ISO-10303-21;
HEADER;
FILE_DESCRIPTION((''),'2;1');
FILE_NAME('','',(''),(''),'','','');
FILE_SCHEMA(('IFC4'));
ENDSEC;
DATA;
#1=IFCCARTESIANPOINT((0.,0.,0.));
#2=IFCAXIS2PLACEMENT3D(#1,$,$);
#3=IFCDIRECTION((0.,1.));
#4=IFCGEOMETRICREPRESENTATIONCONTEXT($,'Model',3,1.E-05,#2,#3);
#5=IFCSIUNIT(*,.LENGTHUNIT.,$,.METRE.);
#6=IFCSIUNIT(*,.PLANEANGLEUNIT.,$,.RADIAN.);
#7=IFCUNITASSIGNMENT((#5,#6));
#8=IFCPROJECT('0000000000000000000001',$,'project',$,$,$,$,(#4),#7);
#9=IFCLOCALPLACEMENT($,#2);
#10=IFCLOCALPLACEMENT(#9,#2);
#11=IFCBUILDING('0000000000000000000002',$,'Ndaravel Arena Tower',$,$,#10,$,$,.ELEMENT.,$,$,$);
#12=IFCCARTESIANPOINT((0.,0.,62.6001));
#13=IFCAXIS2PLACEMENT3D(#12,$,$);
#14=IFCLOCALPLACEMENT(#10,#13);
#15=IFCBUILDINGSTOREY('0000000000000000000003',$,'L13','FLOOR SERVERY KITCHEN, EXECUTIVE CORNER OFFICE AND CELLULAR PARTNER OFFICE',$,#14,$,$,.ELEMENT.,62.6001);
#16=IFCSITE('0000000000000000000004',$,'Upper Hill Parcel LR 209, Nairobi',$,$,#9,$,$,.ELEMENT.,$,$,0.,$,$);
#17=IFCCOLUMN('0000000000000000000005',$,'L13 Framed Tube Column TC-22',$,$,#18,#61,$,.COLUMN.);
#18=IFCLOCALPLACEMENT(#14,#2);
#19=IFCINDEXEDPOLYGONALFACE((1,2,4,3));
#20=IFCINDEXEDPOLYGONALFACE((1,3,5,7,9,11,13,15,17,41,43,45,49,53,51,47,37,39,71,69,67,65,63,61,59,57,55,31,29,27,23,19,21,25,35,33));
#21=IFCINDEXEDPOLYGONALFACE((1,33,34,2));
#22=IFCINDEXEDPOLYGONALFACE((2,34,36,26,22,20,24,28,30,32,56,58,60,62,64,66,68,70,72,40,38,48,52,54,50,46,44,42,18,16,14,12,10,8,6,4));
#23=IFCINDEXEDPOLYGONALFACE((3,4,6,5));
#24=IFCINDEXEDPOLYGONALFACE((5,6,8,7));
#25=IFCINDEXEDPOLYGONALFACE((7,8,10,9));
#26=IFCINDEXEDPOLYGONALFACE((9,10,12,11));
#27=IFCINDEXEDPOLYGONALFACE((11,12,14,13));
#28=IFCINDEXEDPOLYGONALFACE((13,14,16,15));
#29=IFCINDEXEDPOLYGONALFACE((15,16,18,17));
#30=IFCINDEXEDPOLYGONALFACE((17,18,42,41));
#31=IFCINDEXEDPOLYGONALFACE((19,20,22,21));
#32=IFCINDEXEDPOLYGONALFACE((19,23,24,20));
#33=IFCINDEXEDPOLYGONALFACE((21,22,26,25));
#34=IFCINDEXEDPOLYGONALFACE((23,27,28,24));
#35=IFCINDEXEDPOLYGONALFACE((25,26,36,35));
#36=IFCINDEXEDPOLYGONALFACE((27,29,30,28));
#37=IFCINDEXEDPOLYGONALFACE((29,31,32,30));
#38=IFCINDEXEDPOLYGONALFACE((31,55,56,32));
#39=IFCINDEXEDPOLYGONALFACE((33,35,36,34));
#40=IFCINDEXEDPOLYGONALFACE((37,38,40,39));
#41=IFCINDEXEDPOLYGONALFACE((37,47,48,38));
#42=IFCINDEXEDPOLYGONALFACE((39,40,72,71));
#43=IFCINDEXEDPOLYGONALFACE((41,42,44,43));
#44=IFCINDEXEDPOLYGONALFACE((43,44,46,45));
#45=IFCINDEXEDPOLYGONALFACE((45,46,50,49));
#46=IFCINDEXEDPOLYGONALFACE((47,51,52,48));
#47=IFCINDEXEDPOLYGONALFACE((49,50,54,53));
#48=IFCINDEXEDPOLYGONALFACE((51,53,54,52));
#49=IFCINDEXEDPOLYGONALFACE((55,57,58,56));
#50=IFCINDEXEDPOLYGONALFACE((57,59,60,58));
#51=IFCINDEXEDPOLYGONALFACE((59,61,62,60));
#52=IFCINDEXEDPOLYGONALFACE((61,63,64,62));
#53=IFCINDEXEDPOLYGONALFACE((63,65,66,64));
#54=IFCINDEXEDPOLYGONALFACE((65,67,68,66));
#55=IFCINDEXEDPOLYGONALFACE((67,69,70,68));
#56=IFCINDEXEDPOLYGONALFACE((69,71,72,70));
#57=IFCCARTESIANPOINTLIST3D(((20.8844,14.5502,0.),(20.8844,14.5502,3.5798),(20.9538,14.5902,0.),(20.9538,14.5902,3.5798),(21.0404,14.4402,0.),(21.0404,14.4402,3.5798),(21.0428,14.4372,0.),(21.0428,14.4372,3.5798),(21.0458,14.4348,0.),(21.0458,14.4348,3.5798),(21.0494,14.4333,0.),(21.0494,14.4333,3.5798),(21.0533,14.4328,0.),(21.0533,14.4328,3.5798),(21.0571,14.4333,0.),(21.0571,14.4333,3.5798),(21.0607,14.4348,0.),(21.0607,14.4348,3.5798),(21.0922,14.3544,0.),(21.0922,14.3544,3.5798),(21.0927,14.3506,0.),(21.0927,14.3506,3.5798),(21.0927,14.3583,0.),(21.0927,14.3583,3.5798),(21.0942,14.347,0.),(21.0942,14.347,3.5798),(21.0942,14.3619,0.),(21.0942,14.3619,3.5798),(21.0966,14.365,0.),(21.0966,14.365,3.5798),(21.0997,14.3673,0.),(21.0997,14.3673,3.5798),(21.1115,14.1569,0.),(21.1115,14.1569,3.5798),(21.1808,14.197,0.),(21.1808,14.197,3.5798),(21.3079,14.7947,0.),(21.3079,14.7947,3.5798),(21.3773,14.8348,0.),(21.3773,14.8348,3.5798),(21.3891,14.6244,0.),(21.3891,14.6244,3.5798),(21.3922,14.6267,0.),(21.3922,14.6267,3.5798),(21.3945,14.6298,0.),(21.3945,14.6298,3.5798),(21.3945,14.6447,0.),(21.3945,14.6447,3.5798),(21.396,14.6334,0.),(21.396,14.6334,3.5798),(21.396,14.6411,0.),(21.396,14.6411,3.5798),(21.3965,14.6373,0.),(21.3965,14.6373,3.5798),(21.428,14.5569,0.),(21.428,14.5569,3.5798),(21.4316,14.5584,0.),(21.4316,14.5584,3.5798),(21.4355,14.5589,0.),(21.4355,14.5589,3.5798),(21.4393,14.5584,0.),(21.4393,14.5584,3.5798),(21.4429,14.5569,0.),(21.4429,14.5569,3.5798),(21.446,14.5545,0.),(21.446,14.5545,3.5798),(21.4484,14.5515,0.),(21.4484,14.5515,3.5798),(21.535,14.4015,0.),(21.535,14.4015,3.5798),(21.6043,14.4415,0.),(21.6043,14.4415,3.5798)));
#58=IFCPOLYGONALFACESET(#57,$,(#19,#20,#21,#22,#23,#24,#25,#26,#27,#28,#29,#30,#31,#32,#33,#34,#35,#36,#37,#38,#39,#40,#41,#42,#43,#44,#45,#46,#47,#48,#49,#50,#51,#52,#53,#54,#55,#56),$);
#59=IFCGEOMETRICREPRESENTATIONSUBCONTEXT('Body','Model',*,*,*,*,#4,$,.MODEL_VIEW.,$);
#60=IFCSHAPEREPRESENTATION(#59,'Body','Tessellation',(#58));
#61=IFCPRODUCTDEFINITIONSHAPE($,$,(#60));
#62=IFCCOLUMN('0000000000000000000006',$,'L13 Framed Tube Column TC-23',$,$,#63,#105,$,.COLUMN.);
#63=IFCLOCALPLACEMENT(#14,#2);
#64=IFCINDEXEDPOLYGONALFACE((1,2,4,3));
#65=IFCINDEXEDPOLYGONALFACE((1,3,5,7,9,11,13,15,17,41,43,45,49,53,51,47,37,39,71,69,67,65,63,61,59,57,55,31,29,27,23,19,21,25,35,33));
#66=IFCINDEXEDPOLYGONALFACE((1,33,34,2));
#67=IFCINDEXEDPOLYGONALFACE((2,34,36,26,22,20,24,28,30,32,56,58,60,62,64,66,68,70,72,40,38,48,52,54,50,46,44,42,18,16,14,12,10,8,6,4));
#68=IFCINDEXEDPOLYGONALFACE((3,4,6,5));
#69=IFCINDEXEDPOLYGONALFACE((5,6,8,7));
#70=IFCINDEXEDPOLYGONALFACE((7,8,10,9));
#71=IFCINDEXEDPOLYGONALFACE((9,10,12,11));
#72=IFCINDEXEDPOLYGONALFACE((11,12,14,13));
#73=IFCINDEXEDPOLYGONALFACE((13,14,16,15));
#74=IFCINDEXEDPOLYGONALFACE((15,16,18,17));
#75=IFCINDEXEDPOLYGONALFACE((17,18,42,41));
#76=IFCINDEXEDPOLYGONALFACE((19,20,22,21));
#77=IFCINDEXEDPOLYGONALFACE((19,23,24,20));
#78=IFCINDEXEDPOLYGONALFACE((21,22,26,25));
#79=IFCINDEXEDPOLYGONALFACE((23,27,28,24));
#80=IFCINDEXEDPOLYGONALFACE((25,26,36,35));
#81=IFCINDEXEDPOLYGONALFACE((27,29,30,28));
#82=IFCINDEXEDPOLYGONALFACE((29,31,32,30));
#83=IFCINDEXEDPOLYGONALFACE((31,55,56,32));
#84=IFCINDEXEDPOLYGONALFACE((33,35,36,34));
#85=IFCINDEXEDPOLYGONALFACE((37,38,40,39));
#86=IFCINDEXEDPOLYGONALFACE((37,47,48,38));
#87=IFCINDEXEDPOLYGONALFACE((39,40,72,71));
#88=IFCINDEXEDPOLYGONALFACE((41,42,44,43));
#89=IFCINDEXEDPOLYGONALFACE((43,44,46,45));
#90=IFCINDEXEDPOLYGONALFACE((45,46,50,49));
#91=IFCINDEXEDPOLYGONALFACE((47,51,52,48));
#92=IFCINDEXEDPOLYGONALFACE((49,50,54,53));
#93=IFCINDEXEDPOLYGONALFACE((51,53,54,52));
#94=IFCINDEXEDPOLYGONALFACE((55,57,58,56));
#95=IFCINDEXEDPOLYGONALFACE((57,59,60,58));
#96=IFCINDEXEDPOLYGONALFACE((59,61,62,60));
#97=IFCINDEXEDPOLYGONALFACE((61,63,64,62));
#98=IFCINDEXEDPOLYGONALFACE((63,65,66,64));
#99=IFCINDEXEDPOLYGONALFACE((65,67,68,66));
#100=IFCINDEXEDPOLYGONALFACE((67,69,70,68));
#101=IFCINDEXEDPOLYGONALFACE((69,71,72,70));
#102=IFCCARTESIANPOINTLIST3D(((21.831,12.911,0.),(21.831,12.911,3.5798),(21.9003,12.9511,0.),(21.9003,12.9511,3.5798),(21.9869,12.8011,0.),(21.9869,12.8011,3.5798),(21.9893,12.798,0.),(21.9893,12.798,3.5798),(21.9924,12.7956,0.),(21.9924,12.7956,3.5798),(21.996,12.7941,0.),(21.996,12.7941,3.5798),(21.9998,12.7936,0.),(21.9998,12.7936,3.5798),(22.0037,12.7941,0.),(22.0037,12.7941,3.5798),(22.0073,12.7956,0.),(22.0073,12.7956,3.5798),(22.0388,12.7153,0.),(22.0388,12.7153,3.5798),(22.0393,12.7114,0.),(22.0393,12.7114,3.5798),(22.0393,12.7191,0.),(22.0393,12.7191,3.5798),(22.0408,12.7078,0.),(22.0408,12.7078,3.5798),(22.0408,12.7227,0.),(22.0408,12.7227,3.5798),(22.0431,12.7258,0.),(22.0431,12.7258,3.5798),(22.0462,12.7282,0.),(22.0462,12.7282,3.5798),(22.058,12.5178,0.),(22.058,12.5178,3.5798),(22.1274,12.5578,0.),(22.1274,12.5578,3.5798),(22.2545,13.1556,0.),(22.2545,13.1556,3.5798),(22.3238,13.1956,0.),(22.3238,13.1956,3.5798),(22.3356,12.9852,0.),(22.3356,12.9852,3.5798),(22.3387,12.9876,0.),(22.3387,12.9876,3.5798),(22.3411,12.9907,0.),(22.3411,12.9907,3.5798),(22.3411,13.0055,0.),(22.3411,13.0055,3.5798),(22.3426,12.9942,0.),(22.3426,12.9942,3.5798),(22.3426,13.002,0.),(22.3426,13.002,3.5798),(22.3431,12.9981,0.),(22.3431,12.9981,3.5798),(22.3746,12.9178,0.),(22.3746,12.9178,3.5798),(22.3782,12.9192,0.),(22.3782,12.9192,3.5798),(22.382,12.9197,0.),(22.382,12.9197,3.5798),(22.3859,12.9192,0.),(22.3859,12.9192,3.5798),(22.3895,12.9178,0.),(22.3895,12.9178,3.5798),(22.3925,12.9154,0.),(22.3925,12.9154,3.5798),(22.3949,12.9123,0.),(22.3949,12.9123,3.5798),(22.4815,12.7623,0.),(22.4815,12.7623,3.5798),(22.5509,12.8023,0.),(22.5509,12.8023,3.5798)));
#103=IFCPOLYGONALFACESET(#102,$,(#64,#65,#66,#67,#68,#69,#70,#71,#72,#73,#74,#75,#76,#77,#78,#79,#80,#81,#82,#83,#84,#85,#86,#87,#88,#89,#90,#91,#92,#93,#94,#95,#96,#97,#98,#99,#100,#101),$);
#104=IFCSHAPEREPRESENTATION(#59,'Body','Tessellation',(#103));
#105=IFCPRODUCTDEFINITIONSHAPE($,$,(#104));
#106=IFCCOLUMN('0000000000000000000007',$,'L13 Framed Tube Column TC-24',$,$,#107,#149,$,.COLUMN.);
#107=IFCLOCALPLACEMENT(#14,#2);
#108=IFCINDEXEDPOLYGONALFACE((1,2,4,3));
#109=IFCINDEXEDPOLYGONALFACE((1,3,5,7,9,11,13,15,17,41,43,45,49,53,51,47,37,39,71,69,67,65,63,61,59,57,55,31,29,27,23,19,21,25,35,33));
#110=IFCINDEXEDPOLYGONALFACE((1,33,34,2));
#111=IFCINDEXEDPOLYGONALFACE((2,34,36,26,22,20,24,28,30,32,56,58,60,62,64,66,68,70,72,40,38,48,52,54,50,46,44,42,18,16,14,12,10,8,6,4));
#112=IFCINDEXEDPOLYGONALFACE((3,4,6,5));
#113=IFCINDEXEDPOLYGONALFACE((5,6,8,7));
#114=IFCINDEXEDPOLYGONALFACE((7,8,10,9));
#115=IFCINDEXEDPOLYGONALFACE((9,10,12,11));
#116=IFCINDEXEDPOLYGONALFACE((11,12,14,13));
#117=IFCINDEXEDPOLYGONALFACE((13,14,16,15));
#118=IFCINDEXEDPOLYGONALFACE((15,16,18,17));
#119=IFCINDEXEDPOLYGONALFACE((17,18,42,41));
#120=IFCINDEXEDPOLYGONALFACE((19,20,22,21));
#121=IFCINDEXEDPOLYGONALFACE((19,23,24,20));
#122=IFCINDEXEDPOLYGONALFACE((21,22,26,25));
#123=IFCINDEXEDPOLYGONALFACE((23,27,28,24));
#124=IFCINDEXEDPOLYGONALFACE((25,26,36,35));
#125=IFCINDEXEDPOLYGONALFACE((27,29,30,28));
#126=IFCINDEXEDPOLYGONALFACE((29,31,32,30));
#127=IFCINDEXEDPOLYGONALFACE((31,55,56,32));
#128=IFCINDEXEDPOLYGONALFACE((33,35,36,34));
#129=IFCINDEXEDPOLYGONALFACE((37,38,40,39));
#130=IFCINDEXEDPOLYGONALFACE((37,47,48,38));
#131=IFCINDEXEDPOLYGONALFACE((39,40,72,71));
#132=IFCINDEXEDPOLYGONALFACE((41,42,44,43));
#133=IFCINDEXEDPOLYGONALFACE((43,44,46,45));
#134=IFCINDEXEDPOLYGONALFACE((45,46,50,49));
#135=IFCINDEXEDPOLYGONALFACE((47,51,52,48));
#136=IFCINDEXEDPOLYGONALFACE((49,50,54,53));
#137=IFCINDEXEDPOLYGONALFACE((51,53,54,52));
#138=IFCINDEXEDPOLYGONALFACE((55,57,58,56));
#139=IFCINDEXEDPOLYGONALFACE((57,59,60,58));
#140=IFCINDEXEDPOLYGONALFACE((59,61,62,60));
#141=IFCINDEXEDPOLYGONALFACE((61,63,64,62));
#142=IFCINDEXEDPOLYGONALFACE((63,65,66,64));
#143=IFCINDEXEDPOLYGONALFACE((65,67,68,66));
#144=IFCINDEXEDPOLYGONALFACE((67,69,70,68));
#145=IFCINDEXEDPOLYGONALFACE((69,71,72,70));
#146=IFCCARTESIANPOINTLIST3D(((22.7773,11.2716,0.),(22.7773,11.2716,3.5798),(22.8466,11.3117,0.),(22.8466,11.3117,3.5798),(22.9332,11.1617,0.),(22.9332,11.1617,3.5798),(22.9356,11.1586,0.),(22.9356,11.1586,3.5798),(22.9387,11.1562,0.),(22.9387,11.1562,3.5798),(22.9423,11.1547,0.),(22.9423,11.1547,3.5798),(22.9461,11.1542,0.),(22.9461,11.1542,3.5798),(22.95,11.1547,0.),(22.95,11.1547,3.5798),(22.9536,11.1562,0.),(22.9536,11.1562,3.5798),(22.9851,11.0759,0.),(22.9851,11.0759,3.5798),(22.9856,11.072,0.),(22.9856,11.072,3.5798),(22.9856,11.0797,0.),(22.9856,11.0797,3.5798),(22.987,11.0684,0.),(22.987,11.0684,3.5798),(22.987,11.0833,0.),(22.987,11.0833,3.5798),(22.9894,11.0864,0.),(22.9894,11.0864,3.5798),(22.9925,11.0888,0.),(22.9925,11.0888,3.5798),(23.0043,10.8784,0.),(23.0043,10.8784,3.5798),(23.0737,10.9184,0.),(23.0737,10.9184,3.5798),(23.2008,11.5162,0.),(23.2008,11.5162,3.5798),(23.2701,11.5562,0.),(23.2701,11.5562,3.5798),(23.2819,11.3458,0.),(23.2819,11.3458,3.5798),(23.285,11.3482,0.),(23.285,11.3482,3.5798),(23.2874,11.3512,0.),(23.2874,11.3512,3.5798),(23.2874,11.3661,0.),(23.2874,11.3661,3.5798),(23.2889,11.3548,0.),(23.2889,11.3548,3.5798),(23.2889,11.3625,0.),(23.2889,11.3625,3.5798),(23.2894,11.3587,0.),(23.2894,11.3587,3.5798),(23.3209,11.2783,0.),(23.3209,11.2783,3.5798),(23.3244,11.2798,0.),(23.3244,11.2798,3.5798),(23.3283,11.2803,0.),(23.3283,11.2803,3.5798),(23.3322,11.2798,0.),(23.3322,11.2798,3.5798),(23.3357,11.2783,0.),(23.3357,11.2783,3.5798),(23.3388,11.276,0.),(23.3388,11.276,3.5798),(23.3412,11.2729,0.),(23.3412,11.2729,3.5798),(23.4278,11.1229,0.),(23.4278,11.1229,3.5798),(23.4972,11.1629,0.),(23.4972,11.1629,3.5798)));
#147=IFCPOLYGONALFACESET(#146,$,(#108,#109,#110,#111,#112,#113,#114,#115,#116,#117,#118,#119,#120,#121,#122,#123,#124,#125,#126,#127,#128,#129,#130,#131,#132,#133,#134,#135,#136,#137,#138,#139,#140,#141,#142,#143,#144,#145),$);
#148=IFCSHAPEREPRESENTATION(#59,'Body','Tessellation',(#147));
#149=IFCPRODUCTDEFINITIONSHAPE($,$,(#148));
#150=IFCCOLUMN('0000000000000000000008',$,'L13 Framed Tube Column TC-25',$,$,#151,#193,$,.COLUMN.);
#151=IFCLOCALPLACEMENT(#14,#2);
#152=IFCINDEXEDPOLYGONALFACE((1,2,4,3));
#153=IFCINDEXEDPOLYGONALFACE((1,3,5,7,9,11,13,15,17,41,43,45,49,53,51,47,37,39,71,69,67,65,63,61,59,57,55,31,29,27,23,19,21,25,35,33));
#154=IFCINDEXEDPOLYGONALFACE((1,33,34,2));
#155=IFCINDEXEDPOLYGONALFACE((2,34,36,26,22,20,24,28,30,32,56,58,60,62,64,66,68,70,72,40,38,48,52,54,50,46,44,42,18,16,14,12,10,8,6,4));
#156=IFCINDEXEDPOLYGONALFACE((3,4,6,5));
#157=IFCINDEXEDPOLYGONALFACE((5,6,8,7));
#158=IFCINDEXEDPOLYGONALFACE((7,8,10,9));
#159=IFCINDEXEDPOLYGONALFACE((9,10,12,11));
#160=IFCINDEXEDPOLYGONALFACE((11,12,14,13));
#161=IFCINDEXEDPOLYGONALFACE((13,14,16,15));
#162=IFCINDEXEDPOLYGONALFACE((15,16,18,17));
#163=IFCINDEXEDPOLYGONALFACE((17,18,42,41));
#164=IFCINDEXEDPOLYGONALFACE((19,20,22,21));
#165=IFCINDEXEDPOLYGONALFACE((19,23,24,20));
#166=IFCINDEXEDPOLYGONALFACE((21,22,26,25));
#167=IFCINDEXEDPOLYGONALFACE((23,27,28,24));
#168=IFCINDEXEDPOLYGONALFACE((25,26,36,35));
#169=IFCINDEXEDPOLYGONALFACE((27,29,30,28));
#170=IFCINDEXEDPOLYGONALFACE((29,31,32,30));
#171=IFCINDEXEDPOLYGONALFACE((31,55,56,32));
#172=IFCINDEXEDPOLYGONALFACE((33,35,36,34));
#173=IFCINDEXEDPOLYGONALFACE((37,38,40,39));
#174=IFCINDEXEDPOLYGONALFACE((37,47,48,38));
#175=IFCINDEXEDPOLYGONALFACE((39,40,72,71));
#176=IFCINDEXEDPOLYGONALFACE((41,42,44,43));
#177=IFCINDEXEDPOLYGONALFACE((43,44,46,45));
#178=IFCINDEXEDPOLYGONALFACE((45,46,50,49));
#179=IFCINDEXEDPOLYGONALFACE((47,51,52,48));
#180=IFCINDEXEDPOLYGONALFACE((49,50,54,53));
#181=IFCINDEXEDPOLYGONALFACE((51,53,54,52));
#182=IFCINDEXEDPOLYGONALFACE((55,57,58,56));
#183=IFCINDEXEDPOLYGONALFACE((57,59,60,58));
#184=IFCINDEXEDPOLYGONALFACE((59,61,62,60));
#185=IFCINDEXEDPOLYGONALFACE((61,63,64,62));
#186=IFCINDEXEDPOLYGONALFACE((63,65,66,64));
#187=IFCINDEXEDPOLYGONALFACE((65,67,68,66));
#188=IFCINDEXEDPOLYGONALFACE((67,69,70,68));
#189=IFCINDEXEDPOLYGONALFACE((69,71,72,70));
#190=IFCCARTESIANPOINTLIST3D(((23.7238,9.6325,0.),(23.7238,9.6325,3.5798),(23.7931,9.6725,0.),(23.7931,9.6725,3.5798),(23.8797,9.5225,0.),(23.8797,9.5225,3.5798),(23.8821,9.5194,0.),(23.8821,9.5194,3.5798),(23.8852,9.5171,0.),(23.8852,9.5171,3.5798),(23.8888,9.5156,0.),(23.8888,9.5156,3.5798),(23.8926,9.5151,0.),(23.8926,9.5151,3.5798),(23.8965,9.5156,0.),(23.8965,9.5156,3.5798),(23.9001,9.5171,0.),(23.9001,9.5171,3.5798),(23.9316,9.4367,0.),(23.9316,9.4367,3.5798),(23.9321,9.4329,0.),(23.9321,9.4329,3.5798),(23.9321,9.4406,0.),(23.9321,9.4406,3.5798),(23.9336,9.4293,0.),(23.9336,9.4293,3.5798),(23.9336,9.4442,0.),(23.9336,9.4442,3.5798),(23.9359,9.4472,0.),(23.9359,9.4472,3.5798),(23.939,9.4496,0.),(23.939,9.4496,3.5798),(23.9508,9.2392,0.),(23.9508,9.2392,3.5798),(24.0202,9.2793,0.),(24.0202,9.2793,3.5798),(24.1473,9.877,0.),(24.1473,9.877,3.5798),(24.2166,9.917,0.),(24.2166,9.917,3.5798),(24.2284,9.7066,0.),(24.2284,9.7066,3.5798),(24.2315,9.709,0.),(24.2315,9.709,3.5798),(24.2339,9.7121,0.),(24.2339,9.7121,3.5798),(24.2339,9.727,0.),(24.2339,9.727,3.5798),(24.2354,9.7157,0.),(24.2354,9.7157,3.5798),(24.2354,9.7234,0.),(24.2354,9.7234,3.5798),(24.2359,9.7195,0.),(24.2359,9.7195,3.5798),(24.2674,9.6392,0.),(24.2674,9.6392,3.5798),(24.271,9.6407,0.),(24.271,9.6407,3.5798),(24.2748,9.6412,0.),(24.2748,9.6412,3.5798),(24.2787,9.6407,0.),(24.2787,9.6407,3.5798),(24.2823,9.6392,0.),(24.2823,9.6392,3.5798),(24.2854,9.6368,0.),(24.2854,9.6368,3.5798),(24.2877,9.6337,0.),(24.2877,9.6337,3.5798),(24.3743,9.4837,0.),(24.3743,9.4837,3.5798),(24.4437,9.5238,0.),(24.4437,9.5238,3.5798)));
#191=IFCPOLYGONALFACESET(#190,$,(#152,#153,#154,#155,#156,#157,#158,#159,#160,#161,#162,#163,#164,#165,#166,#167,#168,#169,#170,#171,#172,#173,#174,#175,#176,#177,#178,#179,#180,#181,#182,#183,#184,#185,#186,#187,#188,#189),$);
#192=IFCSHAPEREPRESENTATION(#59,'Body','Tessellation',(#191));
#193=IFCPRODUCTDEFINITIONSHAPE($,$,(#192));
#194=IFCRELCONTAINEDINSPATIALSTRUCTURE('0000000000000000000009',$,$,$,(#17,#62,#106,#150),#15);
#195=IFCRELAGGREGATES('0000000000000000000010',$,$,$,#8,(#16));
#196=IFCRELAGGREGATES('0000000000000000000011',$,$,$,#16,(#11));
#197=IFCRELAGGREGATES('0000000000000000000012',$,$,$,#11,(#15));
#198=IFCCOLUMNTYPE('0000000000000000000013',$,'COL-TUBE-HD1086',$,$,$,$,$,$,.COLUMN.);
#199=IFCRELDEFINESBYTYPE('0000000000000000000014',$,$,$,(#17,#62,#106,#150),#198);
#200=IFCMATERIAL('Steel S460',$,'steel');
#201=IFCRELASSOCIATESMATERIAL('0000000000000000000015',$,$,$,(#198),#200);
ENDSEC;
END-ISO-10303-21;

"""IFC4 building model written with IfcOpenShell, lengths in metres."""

from ifc_helpers import new_model, si_unit, direction, frame, origin, origin_2d, place, context, subcontext, project, spatial, i_section, extrude, material, material_profile, profile_set, type_object, element, save


model = new_model("IFC4")

# Units and contexts
model_context = context("Model", 3, precision=1e-05, world=origin(), true_north=direction((0.0, 1.0)))
body_context = subcontext(model_context, "Body", "Model", "MODEL_VIEW")
ifc_project = project(units=[si_unit("LENGTHUNIT", "METRE"), si_unit("PLANEANGLEUNIT", "RADIAN")], contexts=[model_context])

# Site, building, storey
site_placement = place(None, origin())
site = spatial("IfcSite", under=ifc_project, at=site_placement, Name="Upper Hill Parcel LR 209, Nairobi", CompositionType="ELEMENT", RefElevation=0.0)
building_placement = place(site_placement, origin())
building = spatial("IfcBuilding", under=site, at=building_placement, Name="Ndaravel Arena Tower", CompositionType="ELEMENT")
storey_placement = place(building_placement, frame((0.0, 0.0, 62.6001)))
storey = spatial("IfcBuildingStorey", under=building, at=storey_placement, Name="L13", Description="FLOOR SERVERY KITCHEN, EXECUTIVE CORNER OFFICE AND CELLULAR PARTNER OFFICE", CompositionType="ELEMENT", Elevation=62.6001)

# Columns
ifc_material_1 = material(Name="Steel S460", Category="steel")
ifc_material_profile_1 = material_profile(ifc_material_1, i_section(OverallWidth=0.4541, OverallDepth=0.5691, WebThickness=0.0779, FlangeThickness=0.0801, FilletRadius=0.0149, at=origin_2d()), Name="HD 400x1086")
ifc_profile_set_1 = profile_set([ifc_material_profile_1], Name="Steel S460")
column_type = type_object("IfcColumnType", Name="COL-TUBE-HD1086", PredefinedType="COLUMN", material=ifc_profile_set_1)
for number, where, z_axis, x_axis, name in (
    (1, (21.2444, 14.4958, 0.0), (0.0, 0.0, 1.0), (-0.5, 0.866025, 0.0), "L13 Framed Tube Column TC-22"),
    (2, (22.1909, 12.8567, 0.0), (0.0, 0.0, 1.0), (-0.5, 0.866025, 0.0), "L13 Framed Tube Column TC-23"),
    (3, (23.1372, 11.2173, 0.0), (0.0, 0.0, 1.0), (-0.5, 0.866025, 0.0), "L13 Framed Tube Column TC-24"),
    (4, (24.0837, 9.5781, 0.0), (0.0, 0.0, 1.0), (-0.5, 0.866025, 0.0), "L13 Framed Tube Column TC-25"),
):
    element("IfcColumn", number, at=place(storey_placement, frame(where, z_axis=z_axis, x_axis=x_axis)), inside=storey, type_object=column_type, Name=name, PredefinedType="COLUMN", context=body_context, shape_type="SweptSolid", body=[
        extrude(i_section(OverallWidth=0.4541, OverallDepth=0.5691, WebThickness=0.0779, FlangeThickness=0.0801, FilletRadius=0.0149, at=origin_2d()), origin(), (0.0, 0.0, 1.0), 3.5798),
    ])

save(model, "model.ifc")
